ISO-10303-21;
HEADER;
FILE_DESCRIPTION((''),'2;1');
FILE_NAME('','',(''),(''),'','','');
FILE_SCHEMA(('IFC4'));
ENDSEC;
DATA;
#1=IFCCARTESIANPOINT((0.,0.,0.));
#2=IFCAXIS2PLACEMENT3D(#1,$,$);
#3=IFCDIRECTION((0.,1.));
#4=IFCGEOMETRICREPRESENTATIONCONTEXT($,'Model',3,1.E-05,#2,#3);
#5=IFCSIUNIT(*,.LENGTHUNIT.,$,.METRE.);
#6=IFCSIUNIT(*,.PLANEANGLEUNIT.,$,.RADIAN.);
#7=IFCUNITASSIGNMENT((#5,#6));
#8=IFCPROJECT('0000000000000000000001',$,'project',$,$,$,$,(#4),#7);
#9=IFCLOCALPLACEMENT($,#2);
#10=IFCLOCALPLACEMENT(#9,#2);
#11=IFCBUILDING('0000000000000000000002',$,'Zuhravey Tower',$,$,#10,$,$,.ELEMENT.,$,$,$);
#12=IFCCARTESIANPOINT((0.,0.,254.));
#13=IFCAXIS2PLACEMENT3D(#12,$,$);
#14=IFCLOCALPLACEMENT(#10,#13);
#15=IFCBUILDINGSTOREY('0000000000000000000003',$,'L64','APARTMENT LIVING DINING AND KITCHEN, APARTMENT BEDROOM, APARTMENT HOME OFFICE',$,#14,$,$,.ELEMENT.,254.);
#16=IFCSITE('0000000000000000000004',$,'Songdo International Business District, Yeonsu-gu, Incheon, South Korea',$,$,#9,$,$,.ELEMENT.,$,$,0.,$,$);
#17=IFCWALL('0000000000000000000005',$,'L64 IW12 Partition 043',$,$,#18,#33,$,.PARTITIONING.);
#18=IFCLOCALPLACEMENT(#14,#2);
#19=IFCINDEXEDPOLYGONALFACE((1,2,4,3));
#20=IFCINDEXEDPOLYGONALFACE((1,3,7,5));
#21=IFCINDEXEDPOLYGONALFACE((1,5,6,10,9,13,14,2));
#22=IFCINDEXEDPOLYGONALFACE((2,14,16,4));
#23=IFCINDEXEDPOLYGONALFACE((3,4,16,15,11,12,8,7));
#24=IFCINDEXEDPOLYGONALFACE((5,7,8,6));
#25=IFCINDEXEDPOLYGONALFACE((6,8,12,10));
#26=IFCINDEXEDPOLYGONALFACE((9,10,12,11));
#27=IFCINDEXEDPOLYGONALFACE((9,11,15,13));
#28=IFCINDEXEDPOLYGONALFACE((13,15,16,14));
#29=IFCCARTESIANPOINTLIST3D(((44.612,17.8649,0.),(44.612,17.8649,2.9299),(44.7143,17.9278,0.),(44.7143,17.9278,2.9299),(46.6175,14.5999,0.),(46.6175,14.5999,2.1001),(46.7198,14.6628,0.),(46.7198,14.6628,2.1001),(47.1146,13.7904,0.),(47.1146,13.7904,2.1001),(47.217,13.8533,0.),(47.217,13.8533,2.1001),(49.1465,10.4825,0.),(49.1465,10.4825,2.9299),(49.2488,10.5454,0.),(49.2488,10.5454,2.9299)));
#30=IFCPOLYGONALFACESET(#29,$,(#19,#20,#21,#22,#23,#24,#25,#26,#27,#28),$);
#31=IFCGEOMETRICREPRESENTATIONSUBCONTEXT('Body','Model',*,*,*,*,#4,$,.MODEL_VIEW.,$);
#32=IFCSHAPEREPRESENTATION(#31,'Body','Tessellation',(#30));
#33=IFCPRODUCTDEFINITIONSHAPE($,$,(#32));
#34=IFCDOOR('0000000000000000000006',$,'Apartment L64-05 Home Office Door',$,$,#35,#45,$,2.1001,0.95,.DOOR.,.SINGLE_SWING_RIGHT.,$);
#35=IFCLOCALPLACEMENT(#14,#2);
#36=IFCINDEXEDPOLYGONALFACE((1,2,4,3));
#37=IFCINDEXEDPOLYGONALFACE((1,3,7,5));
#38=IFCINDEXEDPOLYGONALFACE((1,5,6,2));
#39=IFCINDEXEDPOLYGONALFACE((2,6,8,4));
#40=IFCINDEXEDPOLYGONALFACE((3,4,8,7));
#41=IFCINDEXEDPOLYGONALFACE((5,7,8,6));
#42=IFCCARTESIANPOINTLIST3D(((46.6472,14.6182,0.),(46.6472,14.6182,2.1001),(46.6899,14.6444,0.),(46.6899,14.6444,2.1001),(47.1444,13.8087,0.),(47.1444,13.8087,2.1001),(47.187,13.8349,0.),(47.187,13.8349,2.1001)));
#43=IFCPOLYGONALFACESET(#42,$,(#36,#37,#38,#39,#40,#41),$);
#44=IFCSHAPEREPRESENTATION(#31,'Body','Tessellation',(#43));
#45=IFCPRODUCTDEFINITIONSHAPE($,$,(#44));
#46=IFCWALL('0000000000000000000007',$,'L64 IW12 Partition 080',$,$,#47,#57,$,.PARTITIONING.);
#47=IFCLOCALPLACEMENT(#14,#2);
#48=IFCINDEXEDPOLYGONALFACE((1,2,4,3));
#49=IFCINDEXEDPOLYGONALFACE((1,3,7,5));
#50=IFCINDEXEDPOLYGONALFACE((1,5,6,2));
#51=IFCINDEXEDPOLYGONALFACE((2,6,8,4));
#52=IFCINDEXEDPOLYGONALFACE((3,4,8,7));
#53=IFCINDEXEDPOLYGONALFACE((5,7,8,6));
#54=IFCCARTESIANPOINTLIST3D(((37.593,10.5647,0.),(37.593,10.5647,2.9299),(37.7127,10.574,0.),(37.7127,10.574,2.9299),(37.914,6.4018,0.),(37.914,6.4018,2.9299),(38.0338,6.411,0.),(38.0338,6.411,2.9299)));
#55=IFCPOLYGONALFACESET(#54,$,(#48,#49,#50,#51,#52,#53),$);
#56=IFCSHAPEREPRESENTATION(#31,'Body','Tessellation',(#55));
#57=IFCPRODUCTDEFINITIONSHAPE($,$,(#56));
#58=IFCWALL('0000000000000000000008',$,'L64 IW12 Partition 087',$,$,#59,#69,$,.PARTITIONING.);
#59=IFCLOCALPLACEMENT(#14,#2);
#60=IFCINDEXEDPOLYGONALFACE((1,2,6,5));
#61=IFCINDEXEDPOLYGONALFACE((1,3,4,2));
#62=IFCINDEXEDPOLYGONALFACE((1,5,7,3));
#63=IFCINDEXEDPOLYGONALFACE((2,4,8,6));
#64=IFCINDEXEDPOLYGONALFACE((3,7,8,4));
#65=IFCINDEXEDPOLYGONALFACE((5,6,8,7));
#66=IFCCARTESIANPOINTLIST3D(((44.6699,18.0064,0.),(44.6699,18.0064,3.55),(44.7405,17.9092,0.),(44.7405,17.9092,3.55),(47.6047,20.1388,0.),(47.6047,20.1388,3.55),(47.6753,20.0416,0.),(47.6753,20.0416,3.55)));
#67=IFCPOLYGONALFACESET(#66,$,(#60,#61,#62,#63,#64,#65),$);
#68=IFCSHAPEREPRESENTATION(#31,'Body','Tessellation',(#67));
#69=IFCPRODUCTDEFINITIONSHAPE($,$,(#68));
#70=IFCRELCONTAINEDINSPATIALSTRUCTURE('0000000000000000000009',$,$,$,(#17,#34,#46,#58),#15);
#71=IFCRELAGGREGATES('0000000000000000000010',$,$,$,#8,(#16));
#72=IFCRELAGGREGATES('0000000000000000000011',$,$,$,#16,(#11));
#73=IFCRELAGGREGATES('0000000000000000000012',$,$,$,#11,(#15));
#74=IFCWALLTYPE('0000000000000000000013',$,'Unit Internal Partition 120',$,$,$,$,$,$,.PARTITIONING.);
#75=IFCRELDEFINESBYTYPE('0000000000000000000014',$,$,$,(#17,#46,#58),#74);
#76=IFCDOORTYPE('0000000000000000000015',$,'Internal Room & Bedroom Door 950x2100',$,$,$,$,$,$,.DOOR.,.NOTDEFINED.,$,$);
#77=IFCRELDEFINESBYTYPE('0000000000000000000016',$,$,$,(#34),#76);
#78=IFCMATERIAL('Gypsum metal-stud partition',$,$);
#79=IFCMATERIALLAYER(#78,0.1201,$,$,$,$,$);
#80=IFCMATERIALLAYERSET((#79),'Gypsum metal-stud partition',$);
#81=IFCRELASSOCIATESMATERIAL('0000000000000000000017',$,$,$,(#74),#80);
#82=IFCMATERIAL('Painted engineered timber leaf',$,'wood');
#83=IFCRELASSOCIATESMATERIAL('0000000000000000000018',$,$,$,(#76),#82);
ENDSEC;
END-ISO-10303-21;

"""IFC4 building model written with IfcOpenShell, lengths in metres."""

from ifc_helpers import new_model, si_unit, direction, frame, frame_2d, origin, place, context, subcontext, project, spatial, rectangle, extrude, material, layer, layer_set, type_object, element, fill, save


model = new_model("IFC4")

# Units and contexts
model_context = context("Model", 3, precision=1e-05, world=origin(), true_north=direction((0.0, 1.0)))
body_context = subcontext(model_context, "Body", "Model", "MODEL_VIEW")
ifc_project = project(units=[si_unit("LENGTHUNIT", "METRE"), si_unit("PLANEANGLEUNIT", "RADIAN")], contexts=[model_context])

# Site, building, storey
site_placement = place(None, origin())
site = spatial("IfcSite", under=ifc_project, at=site_placement, Name="Songdo International Business District, Yeonsu-gu, Incheon, South Korea", CompositionType="ELEMENT", RefElevation=0.0)
building_placement = place(site_placement, origin())
building = spatial("IfcBuilding", under=site, at=building_placement, Name="Zuhravey Tower", CompositionType="ELEMENT")
storey_placement = place(building_placement, frame((0.0, 0.0, 254.0)))
storey = spatial("IfcBuildingStorey", under=building, at=storey_placement, Name="L64", Description="APARTMENT LIVING DINING AND KITCHEN, APARTMENT BEDROOM, APARTMENT HOME OFFICE", CompositionType="ELEMENT", Elevation=254.0)

# Wall, opening, door
ifc_material_1 = material(Name="Gypsum metal-stud partition")
ifc_layer_1 = layer(ifc_material_1, 0.1201)
ifc_layer_set_1 = layer_set([ifc_layer_1], Name="Gypsum metal-stud partition")
wall_type_1 = type_object("IfcWallType", Name="Unit Internal Partition 120", PredefinedType="PARTITIONING", material=ifc_layer_set_1)
wall_1_placement = place(storey_placement, frame((44.6631, 17.8965, 0.0), z_axis=(0.0, 0.0, 1.0), x_axis=(0.523382, -0.852098, 0.0)))
wall_1 = element("IfcWall", 1, at=wall_1_placement, inside=storey, type_object=wall_type_1, Name="L64 IW12 Partition 043", PredefinedType="PARTITIONING", context=body_context, shape_type="SweptSolid", body=[
    extrude(rectangle(XDim=8.6638, YDim=0.1201, at=frame_2d((4.332, 0.0))), origin(), (0.0, 0.0, 1.0), 2.9299),
])
opening_1_placement = place(wall_1_placement, frame((3.8318, 0.0, 0.0)))
opening_1 = element("IfcOpeningElement", 2, at=opening_1_placement, cuts=wall_1, PredefinedType="OPENING", context=body_context, shape_type="SweptSolid", body=[
    extrude(rectangle(XDim=0.95, YDim=2.1001, at=frame_2d((0.4751, 1.05))), frame((0.0, 0.072, 0.0), z_axis=(0.0, -1.0, 0.0), x_axis=(1.0, 0.0, 0.0)), (0.0, 0.0, 1.0), 0.144),
])
ifc_material_2 = material(Name="Painted engineered timber leaf", Category="wood")
door_type_1 = type_object("IfcDoorType", Name="Internal Room & Bedroom Door 950x2100", OperationType="NOTDEFINED", PredefinedType="DOOR", material=ifc_material_2)
door_1_placement = place(opening_1_placement, origin())
door_1 = element("IfcDoor", 3, at=door_1_placement, inside=storey, type_object=door_type_1, Name="Apartment L64-05 Home Office Door", OperationType="SINGLE_SWING_RIGHT", OverallHeight=2.1001, OverallWidth=0.95, PredefinedType="DOOR", context=body_context, shape_type="SweptSolid", body=[
    extrude(rectangle(XDim=0.95, YDim=2.1001, at=frame_2d((0.4751, 1.05))), frame((0.0, 0.0249, 0.0), z_axis=(0.0, -1.0, 0.0), x_axis=(1.0, 0.0, 0.0)), (0.0, 0.0, 1.0), 0.05),
])
fill(opening_1, door_1)

# Walls
wall_2_placement = place(storey_placement, frame((37.6528, 10.5693, 0.0), z_axis=(0.0, 0.0, 1.0), x_axis=(0.076893, -0.997039, 0.0)))
element("IfcWall", 4, at=wall_2_placement, inside=storey, type_object=wall_type_1, Name="L64 IW12 Partition 080", PredefinedType="PARTITIONING", context=body_context, shape_type="SweptSolid", body=[
    extrude(rectangle(XDim=4.1753, YDim=0.1201, at=frame_2d((2.0876, 0.0))), origin(), (0.0, 0.0, 1.0), 2.9299),
])
wall_3_placement = place(storey_placement, frame((44.7051, 17.9578, 0.0), z_axis=(0.0, 0.0, 1.0), x_axis=(0.80901, 0.587795, 0.0)))
element("IfcWall", 5, at=wall_3_placement, inside=storey, type_object=wall_type_1, Name="L64 IW12 Partition 087", PredefinedType="PARTITIONING", context=body_context, shape_type="SweptSolid", body=[
    extrude(rectangle(XDim=3.6277, YDim=0.1201, at=frame_2d((1.814, 0.0))), origin(), (0.0, 0.0, 1.0), 3.55),
])

save(model, "model.ifc")
